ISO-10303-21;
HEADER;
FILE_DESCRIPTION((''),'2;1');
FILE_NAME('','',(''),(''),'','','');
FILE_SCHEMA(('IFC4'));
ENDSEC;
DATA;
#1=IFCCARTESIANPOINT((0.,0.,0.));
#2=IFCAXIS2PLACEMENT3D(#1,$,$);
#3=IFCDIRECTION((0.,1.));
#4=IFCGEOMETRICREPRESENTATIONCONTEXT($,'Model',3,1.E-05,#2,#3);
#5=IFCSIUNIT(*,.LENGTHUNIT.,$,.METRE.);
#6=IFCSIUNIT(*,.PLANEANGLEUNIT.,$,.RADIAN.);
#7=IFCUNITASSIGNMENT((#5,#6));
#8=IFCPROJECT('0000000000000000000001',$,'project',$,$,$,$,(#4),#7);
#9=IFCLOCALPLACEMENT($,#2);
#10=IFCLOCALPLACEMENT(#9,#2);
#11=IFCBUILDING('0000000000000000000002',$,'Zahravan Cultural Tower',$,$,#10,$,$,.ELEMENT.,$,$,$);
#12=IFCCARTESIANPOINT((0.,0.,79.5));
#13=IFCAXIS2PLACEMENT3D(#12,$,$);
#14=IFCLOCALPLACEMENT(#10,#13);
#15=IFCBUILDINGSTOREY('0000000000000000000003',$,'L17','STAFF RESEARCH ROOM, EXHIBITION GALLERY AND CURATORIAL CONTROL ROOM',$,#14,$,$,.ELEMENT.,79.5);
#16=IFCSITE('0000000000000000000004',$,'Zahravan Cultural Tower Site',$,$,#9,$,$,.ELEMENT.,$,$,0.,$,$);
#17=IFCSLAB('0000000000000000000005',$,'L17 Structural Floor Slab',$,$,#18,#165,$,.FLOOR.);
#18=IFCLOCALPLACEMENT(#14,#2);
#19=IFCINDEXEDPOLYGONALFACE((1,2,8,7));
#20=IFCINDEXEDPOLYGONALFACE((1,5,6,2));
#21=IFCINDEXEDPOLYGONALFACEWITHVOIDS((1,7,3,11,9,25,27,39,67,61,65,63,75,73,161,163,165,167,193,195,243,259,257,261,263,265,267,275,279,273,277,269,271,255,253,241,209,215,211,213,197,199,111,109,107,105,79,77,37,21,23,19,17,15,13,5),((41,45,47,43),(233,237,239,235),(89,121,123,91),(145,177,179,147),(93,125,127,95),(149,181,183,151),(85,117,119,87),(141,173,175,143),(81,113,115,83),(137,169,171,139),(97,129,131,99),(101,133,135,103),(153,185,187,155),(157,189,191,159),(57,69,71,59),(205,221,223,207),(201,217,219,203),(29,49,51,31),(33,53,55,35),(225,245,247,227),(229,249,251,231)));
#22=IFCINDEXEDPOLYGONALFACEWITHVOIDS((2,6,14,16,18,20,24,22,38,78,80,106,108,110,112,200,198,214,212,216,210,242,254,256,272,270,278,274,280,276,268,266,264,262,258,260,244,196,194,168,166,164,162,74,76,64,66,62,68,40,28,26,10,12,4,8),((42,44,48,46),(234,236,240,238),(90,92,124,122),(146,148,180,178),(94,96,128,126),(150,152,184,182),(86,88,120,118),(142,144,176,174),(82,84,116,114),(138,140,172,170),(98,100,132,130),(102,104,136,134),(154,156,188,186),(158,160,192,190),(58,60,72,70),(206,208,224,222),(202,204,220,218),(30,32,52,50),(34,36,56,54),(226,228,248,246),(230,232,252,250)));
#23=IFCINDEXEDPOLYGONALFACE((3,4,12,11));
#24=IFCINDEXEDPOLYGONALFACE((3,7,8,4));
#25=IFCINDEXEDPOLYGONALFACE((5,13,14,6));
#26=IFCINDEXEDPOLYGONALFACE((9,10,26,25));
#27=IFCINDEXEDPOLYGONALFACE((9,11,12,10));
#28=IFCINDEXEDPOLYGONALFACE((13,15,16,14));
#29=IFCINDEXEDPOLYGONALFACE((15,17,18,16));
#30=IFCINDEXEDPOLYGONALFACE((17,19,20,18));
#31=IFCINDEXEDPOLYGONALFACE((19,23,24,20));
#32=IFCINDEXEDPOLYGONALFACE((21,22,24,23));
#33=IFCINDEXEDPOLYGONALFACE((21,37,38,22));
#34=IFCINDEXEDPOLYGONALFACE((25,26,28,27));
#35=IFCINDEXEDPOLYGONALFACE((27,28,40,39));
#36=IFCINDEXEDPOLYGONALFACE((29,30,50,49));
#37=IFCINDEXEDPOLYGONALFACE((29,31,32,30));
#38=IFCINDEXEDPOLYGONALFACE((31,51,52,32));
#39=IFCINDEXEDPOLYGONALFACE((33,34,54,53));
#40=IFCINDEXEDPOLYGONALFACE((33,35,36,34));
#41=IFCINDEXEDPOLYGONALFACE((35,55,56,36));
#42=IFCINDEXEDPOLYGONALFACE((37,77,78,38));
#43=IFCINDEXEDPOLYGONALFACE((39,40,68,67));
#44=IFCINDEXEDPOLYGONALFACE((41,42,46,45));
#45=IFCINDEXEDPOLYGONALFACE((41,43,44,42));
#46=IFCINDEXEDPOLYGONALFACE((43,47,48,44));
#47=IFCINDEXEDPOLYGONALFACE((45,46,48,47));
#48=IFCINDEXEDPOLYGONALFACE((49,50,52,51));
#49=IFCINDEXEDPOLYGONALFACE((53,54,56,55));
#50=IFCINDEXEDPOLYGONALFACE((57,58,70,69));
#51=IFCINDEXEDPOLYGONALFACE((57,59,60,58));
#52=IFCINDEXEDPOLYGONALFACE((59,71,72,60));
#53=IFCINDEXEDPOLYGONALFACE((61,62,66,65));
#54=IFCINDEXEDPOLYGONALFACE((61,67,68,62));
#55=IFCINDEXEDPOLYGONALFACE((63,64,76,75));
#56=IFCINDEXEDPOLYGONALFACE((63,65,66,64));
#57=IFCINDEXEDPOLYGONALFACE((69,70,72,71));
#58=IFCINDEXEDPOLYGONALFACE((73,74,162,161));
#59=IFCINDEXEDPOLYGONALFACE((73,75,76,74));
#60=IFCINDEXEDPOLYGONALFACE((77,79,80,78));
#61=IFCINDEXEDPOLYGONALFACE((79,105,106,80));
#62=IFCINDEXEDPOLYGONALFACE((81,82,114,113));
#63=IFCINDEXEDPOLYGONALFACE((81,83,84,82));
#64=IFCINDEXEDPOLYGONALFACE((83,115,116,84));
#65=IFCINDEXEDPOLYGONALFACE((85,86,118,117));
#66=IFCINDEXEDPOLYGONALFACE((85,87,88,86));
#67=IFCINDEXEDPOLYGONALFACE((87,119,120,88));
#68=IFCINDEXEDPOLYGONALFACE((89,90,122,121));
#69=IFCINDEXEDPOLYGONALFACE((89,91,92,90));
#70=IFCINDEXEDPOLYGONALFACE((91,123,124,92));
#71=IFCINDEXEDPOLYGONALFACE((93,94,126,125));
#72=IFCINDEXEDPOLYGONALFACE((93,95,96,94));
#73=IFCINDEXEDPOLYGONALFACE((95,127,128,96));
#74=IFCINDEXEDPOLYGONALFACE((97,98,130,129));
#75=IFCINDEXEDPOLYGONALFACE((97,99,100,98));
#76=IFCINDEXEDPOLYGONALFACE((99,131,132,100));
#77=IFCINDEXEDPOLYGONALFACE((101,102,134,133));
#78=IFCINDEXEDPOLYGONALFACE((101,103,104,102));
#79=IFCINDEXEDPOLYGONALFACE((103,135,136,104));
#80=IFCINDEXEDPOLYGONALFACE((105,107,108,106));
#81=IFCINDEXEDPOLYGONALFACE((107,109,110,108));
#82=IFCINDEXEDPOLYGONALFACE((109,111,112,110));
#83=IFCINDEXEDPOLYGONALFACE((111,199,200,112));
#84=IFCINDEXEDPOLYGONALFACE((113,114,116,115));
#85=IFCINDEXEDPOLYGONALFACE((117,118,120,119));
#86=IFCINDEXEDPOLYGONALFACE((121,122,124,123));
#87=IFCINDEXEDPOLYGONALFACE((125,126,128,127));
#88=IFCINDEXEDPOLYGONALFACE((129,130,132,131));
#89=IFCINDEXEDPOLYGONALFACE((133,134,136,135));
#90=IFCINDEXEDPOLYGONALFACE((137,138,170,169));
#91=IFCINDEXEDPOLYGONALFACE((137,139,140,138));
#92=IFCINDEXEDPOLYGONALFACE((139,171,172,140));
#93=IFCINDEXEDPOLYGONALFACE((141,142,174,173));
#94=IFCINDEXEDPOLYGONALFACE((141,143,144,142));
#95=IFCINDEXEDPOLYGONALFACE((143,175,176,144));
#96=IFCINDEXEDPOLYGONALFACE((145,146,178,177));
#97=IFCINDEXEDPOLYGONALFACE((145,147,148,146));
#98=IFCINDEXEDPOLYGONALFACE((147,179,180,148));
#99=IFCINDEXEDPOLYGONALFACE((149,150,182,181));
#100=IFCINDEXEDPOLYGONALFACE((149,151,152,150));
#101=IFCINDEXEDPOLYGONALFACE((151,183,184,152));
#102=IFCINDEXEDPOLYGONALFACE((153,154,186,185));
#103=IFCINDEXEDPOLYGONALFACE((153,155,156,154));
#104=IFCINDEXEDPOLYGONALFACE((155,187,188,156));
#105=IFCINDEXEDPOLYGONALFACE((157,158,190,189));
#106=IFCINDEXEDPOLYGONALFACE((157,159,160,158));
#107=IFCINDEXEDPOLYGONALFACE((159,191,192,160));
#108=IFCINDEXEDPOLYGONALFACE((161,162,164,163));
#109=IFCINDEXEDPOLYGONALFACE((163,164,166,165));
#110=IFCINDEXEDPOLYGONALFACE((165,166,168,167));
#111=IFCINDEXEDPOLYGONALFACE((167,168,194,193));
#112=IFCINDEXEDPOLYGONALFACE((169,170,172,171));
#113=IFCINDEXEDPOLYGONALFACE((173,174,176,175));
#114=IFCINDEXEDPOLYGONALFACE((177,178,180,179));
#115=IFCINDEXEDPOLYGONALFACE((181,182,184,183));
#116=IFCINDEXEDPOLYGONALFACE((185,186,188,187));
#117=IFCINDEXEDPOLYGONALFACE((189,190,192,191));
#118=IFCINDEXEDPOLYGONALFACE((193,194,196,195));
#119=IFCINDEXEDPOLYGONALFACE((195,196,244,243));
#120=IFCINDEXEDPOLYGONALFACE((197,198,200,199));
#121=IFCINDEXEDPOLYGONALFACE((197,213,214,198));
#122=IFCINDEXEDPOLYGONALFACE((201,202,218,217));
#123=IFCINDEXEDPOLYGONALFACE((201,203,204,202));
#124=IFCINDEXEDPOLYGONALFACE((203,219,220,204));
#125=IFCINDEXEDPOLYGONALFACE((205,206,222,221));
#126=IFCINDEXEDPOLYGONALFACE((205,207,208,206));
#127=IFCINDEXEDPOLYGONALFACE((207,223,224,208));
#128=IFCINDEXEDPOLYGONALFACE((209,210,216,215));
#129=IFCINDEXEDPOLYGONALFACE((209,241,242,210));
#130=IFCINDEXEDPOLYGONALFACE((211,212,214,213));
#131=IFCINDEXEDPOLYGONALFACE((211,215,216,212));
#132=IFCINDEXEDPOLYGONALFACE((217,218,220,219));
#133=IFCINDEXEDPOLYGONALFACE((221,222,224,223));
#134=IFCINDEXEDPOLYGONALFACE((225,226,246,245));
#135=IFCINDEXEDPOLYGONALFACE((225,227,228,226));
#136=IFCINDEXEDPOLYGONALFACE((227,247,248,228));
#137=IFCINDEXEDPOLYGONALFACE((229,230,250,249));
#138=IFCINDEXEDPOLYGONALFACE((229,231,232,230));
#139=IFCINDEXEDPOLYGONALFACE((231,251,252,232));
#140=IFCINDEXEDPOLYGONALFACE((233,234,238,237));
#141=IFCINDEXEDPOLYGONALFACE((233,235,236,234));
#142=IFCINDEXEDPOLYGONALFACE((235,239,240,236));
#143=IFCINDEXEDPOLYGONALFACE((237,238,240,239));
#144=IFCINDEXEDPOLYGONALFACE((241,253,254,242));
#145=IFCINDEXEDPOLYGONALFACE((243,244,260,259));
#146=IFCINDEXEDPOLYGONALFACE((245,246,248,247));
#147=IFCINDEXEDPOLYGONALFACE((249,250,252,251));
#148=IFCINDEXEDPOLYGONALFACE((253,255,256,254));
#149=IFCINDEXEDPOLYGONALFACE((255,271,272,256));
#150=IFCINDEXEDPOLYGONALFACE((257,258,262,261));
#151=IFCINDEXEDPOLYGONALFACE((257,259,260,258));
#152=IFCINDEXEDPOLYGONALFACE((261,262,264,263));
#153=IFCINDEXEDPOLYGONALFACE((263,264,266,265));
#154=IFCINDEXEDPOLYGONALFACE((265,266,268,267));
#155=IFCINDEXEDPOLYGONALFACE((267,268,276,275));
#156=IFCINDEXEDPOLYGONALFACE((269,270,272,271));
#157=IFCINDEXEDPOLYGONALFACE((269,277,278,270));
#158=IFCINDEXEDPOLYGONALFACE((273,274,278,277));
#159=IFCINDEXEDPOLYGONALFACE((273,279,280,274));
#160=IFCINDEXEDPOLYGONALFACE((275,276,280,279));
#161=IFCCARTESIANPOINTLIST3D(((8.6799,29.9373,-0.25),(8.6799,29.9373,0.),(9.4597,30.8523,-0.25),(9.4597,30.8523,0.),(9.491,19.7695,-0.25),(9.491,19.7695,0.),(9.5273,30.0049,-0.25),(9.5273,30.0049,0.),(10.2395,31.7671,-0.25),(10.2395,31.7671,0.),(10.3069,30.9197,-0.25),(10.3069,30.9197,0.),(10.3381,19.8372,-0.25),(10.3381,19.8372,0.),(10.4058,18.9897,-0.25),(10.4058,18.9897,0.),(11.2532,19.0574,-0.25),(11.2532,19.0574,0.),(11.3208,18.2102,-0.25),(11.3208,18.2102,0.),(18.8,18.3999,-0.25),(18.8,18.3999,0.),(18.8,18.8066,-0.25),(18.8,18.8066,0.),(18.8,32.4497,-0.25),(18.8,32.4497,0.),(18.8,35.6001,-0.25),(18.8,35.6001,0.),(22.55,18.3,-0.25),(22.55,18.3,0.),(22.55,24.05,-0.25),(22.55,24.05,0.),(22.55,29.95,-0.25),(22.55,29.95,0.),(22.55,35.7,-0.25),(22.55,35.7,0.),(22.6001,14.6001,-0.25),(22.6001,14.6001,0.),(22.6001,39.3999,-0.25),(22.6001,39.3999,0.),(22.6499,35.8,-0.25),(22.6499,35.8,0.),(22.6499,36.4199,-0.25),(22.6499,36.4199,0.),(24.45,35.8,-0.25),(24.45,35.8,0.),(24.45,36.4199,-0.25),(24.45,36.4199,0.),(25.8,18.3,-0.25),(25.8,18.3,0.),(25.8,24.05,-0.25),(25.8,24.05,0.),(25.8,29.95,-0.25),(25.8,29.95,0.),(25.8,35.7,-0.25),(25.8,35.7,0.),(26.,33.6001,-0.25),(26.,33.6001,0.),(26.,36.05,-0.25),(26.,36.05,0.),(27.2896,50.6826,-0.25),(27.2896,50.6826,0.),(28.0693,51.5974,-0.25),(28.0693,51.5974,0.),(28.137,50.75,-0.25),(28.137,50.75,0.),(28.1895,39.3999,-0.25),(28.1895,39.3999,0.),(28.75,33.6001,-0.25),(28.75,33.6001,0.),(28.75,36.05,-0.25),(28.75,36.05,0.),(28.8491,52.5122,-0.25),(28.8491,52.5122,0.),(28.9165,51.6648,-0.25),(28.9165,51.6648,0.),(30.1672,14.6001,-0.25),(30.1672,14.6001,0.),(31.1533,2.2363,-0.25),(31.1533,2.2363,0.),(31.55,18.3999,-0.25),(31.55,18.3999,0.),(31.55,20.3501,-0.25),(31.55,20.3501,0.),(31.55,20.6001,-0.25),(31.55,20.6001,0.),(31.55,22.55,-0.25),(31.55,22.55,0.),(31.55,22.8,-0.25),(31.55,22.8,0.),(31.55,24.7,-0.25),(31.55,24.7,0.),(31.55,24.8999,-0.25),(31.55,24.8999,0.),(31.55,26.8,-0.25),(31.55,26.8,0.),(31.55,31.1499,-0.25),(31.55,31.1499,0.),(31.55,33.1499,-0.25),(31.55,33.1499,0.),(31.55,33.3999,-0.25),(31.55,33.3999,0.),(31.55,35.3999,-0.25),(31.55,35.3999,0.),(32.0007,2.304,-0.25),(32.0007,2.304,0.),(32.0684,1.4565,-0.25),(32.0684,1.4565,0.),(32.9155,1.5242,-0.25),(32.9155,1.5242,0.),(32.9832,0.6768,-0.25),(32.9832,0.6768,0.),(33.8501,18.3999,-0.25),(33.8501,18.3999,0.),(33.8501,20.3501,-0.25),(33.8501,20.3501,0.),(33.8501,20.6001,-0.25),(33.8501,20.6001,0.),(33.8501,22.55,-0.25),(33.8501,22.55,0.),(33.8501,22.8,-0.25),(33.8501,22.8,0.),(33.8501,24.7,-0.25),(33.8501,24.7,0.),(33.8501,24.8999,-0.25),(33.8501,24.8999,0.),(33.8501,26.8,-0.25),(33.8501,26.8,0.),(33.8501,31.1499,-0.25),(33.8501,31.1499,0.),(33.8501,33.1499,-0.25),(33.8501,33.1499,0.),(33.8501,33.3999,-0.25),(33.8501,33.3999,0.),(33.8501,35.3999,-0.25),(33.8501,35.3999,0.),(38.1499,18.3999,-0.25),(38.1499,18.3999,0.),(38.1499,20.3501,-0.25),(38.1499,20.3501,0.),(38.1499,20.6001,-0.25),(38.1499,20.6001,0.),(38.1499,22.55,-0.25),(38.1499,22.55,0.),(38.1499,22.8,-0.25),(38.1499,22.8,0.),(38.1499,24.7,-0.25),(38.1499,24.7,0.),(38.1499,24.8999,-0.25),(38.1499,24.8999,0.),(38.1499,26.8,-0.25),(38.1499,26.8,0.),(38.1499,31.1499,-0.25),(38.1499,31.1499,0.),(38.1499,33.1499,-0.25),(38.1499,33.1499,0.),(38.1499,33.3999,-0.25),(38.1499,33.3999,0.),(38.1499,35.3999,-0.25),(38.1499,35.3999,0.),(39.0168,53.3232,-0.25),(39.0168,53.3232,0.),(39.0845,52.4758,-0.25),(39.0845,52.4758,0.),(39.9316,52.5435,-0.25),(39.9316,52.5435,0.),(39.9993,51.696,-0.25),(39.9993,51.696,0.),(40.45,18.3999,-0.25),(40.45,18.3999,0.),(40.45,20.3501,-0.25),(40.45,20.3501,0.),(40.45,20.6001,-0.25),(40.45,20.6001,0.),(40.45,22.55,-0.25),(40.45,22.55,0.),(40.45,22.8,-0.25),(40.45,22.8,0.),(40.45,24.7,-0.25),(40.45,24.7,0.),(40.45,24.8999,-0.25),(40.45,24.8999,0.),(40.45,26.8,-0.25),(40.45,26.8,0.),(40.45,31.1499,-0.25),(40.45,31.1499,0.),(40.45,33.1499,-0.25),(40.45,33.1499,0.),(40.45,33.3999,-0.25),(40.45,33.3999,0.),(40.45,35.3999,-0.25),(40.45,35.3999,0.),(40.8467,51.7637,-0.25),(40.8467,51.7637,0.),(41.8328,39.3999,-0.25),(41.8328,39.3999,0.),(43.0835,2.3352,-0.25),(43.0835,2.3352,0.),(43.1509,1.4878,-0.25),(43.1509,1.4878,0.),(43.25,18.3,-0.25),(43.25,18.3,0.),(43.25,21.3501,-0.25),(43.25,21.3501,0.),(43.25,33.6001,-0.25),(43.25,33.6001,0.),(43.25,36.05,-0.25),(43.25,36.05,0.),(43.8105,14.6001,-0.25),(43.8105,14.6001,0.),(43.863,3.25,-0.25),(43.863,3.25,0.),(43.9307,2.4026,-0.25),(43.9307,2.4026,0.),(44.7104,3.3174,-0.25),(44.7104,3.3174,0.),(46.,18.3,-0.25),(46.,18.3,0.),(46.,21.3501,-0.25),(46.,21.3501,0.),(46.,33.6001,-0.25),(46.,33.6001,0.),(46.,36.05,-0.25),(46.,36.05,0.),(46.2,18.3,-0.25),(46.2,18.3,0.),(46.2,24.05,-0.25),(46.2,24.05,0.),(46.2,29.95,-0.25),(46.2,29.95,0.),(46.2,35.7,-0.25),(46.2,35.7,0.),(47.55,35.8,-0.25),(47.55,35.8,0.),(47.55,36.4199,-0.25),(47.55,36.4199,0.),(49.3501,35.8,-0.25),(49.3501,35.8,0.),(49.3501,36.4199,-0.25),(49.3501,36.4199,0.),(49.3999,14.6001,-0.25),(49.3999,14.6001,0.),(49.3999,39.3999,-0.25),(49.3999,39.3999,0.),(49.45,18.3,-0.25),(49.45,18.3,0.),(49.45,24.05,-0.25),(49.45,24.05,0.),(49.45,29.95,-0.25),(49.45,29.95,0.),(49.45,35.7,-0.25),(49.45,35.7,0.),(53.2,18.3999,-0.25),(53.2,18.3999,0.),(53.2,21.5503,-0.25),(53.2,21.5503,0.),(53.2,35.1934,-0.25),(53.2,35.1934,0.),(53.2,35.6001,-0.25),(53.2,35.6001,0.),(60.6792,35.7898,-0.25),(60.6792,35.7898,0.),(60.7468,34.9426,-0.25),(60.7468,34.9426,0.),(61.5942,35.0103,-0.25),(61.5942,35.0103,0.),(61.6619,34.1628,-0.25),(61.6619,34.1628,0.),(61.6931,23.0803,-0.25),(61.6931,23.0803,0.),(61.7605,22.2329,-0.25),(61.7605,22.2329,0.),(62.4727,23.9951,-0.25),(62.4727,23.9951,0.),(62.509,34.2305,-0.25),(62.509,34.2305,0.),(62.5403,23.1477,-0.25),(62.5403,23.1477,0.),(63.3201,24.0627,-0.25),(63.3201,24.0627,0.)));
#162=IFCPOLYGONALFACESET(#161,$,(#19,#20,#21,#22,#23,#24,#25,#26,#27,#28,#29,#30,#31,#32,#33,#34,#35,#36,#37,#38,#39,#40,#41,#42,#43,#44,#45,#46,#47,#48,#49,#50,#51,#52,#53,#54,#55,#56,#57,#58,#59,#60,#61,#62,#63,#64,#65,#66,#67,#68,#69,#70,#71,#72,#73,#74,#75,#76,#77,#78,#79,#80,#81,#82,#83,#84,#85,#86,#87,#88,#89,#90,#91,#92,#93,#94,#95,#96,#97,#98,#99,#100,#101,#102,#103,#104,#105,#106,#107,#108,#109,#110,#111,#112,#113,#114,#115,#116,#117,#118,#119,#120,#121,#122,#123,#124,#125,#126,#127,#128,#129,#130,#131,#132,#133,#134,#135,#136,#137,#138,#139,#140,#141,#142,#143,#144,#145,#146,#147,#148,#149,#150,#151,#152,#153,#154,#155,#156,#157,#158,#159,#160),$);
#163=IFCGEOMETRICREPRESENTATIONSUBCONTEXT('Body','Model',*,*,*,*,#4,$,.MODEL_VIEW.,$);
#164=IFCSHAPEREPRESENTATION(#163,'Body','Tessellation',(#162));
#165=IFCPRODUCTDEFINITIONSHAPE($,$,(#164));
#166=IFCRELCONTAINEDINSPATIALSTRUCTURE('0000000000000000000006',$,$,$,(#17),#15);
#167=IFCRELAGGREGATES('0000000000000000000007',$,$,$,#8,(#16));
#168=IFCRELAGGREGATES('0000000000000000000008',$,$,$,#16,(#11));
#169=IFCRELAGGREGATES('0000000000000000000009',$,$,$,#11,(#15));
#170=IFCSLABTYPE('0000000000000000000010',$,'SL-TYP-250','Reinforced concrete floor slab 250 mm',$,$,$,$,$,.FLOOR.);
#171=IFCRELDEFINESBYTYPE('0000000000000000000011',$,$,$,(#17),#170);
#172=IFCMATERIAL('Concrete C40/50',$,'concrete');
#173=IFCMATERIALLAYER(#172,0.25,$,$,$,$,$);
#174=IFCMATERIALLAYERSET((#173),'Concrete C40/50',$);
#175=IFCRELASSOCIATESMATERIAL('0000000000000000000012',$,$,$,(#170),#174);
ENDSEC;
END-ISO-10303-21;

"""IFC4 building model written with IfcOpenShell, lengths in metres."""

from ifc_helpers import new_model, si_unit, direction, frame, origin, place, context, subcontext, project, spatial, polyline, outline, extrude, material, layer, layer_set, type_object, element, save


model = new_model("IFC4")

# Units and contexts
model_context = context("Model", 3, precision=1e-05, world=origin(), true_north=direction((0.0, 1.0)))
body_context = subcontext(model_context, "Body", "Model", "MODEL_VIEW")
ifc_project = project(units=[si_unit("LENGTHUNIT", "METRE"), si_unit("PLANEANGLEUNIT", "RADIAN")], contexts=[model_context])

# Site, building, storey
site_placement = place(None, origin())
site = spatial("IfcSite", under=ifc_project, at=site_placement, Name="Zahravan Cultural Tower Site", CompositionType="ELEMENT", RefElevation=0.0)
building_placement = place(site_placement, origin())
building = spatial("IfcBuilding", under=site, at=building_placement, Name="Zahravan Cultural Tower", CompositionType="ELEMENT")
storey_placement = place(building_placement, frame((0.0, 0.0, 79.5)))
storey = spatial("IfcBuildingStorey", under=building, at=storey_placement, Name="L17", Description="STAFF RESEARCH ROOM, EXHIBITION GALLERY AND CURATORIAL CONTROL ROOM", CompositionType="ELEMENT", Elevation=79.5)

# Slab
ifc_material_1 = material(Name="Concrete C40/50", Category="concrete")
ifc_layer_1 = layer(ifc_material_1, 0.25)
ifc_layer_set_1 = layer_set([ifc_layer_1], Name="Concrete C40/50")
slab_type_1 = type_object("IfcSlabType", Name="SL-TYP-250", Description="Reinforced concrete floor slab 250 mm", PredefinedType="FLOOR", material=ifc_layer_set_1)
slab_1_placement = place(storey_placement, frame((0.0, 0.0, -0.25)))
element("IfcSlab", 1, at=slab_1_placement, inside=storey, type_object=slab_type_1, Name="L17 Structural Floor Slab", PredefinedType="FLOOR", context=body_context, shape_type="SweptSolid", body=[
    extrude(outline(polyline([(53.2, 35.1934), (53.2, 35.6001), (49.3999, 39.3999), (41.8328, 39.3999), (40.8467, 51.7637), (39.9993, 51.696), (39.9316, 52.5435), (39.0845, 52.4758), (39.0168, 53.3232), (28.8491, 52.5122), (28.9165, 51.6648), (28.0693, 51.5974), (28.137, 50.75), (27.2896, 50.6826), (28.1895, 39.3999), (22.6001, 39.3999), (18.8, 35.6001), (18.8, 32.4497), (10.2395, 31.7671), (10.3069, 30.9197), (9.4597, 30.8523), (9.5273, 30.0049), (8.6799, 29.9373), (9.491, 19.7695), (10.3381, 19.8372), (10.4058, 18.9897), (11.2532, 19.0574), (11.3208, 18.2102), (18.8, 18.8066), (18.8, 18.3999), (22.6001, 14.6001), (30.1672, 14.6001), (31.1533, 2.2363), (32.0007, 2.304), (32.0684, 1.4565), (32.9155, 1.5242), (32.9832, 0.6768), (43.1509, 1.4878), (43.0835, 2.3352), (43.9307, 2.4026), (43.863, 3.25), (44.7104, 3.3174), (43.8105, 14.6001), (49.3999, 14.6001), (53.2, 18.3999), (53.2, 21.5503), (61.7605, 22.2329), (61.6931, 23.0803), (62.5403, 23.1477), (62.4727, 23.9951), (63.3201, 24.0627), (62.509, 34.2305), (61.6619, 34.1628), (61.5942, 35.0103), (60.7468, 34.9426), (60.6792, 35.7898), (53.2, 35.1934)]), holes=[polyline([(22.55, 29.95), (22.55, 35.7), (25.8, 35.7), (25.8, 29.95), (22.55, 29.95)]), polyline([(22.55, 18.3), (22.55, 24.05), (25.8, 24.05), (25.8, 18.3), (22.55, 18.3)]), polyline([(46.2, 29.95), (46.2, 35.7), (49.45, 35.7), (49.45, 29.95), (46.2, 29.95)]), polyline([(46.2, 18.3), (46.2, 24.05), (49.45, 24.05), (49.45, 18.3), (46.2, 18.3)]), polyline([(26.0, 33.6001), (26.0, 36.05), (28.75, 36.05), (28.75, 33.6001), (26.0, 33.6001)]), polyline([(43.25, 33.6001), (43.25, 36.05), (46.0, 36.05), (46.0, 33.6001), (43.25, 33.6001)]), polyline([(43.25, 18.3), (43.25, 21.3501), (46.0, 21.3501), (46.0, 18.3), (43.25, 18.3)]), polyline([(31.55, 33.3999), (31.55, 35.3999), (33.8501, 35.3999), (33.8501, 33.3999), (31.55, 33.3999)]), polyline([(31.55, 31.1499), (31.55, 33.1499), (33.8501, 33.1499), (33.8501, 31.1499), (31.55, 31.1499)]), polyline([(38.1499, 33.3999), (38.1499, 35.3999), (40.45, 35.3999), (40.45, 33.3999), (38.1499, 33.3999)]), polyline([(38.1499, 31.1499), (38.1499, 33.1499), (40.45, 33.1499), (40.45, 31.1499), (38.1499, 31.1499)]), polyline([(31.55, 20.6001), (31.55, 22.55), (33.8501, 22.55), (33.8501, 20.6001), (31.55, 20.6001)]), polyline([(31.55, 18.3999), (31.55, 20.3501), (33.8501, 20.3501), (33.8501, 18.3999), (31.55, 18.3999)]), polyline([(38.1499, 20.6001), (38.1499, 22.55), (40.45, 22.55), (40.45, 20.6001), (38.1499, 20.6001)]), polyline([(38.1499, 18.3999), (38.1499, 20.3501), (40.45, 20.3501), (40.45, 18.3999), (38.1499, 18.3999)]), polyline([(31.55, 24.8999), (31.55, 26.8), (33.8501, 26.8), (33.8501, 24.8999), (31.55, 24.8999)]), polyline([(31.55, 22.8), (31.55, 24.7), (33.8501, 24.7), (33.8501, 22.8), (31.55, 22.8)]), polyline([(38.1499, 24.8999), (38.1499, 26.8), (40.45, 26.8), (40.45, 24.8999), (38.1499, 24.8999)]), polyline([(38.1499, 22.8), (38.1499, 24.7), (40.45, 24.7), (40.45, 22.8), (38.1499, 22.8)]), polyline([(22.6499, 35.8), (22.6499, 36.4199), (24.45, 36.4199), (24.45, 35.8), (22.6499, 35.8)]), polyline([(47.55, 35.8), (47.55, 36.4199), (49.3501, 36.4199), (49.3501, 35.8), (47.55, 35.8)])]), origin(), (0.0, 0.0, 1.0), 0.25),
])

save(model, "model.ifc")
